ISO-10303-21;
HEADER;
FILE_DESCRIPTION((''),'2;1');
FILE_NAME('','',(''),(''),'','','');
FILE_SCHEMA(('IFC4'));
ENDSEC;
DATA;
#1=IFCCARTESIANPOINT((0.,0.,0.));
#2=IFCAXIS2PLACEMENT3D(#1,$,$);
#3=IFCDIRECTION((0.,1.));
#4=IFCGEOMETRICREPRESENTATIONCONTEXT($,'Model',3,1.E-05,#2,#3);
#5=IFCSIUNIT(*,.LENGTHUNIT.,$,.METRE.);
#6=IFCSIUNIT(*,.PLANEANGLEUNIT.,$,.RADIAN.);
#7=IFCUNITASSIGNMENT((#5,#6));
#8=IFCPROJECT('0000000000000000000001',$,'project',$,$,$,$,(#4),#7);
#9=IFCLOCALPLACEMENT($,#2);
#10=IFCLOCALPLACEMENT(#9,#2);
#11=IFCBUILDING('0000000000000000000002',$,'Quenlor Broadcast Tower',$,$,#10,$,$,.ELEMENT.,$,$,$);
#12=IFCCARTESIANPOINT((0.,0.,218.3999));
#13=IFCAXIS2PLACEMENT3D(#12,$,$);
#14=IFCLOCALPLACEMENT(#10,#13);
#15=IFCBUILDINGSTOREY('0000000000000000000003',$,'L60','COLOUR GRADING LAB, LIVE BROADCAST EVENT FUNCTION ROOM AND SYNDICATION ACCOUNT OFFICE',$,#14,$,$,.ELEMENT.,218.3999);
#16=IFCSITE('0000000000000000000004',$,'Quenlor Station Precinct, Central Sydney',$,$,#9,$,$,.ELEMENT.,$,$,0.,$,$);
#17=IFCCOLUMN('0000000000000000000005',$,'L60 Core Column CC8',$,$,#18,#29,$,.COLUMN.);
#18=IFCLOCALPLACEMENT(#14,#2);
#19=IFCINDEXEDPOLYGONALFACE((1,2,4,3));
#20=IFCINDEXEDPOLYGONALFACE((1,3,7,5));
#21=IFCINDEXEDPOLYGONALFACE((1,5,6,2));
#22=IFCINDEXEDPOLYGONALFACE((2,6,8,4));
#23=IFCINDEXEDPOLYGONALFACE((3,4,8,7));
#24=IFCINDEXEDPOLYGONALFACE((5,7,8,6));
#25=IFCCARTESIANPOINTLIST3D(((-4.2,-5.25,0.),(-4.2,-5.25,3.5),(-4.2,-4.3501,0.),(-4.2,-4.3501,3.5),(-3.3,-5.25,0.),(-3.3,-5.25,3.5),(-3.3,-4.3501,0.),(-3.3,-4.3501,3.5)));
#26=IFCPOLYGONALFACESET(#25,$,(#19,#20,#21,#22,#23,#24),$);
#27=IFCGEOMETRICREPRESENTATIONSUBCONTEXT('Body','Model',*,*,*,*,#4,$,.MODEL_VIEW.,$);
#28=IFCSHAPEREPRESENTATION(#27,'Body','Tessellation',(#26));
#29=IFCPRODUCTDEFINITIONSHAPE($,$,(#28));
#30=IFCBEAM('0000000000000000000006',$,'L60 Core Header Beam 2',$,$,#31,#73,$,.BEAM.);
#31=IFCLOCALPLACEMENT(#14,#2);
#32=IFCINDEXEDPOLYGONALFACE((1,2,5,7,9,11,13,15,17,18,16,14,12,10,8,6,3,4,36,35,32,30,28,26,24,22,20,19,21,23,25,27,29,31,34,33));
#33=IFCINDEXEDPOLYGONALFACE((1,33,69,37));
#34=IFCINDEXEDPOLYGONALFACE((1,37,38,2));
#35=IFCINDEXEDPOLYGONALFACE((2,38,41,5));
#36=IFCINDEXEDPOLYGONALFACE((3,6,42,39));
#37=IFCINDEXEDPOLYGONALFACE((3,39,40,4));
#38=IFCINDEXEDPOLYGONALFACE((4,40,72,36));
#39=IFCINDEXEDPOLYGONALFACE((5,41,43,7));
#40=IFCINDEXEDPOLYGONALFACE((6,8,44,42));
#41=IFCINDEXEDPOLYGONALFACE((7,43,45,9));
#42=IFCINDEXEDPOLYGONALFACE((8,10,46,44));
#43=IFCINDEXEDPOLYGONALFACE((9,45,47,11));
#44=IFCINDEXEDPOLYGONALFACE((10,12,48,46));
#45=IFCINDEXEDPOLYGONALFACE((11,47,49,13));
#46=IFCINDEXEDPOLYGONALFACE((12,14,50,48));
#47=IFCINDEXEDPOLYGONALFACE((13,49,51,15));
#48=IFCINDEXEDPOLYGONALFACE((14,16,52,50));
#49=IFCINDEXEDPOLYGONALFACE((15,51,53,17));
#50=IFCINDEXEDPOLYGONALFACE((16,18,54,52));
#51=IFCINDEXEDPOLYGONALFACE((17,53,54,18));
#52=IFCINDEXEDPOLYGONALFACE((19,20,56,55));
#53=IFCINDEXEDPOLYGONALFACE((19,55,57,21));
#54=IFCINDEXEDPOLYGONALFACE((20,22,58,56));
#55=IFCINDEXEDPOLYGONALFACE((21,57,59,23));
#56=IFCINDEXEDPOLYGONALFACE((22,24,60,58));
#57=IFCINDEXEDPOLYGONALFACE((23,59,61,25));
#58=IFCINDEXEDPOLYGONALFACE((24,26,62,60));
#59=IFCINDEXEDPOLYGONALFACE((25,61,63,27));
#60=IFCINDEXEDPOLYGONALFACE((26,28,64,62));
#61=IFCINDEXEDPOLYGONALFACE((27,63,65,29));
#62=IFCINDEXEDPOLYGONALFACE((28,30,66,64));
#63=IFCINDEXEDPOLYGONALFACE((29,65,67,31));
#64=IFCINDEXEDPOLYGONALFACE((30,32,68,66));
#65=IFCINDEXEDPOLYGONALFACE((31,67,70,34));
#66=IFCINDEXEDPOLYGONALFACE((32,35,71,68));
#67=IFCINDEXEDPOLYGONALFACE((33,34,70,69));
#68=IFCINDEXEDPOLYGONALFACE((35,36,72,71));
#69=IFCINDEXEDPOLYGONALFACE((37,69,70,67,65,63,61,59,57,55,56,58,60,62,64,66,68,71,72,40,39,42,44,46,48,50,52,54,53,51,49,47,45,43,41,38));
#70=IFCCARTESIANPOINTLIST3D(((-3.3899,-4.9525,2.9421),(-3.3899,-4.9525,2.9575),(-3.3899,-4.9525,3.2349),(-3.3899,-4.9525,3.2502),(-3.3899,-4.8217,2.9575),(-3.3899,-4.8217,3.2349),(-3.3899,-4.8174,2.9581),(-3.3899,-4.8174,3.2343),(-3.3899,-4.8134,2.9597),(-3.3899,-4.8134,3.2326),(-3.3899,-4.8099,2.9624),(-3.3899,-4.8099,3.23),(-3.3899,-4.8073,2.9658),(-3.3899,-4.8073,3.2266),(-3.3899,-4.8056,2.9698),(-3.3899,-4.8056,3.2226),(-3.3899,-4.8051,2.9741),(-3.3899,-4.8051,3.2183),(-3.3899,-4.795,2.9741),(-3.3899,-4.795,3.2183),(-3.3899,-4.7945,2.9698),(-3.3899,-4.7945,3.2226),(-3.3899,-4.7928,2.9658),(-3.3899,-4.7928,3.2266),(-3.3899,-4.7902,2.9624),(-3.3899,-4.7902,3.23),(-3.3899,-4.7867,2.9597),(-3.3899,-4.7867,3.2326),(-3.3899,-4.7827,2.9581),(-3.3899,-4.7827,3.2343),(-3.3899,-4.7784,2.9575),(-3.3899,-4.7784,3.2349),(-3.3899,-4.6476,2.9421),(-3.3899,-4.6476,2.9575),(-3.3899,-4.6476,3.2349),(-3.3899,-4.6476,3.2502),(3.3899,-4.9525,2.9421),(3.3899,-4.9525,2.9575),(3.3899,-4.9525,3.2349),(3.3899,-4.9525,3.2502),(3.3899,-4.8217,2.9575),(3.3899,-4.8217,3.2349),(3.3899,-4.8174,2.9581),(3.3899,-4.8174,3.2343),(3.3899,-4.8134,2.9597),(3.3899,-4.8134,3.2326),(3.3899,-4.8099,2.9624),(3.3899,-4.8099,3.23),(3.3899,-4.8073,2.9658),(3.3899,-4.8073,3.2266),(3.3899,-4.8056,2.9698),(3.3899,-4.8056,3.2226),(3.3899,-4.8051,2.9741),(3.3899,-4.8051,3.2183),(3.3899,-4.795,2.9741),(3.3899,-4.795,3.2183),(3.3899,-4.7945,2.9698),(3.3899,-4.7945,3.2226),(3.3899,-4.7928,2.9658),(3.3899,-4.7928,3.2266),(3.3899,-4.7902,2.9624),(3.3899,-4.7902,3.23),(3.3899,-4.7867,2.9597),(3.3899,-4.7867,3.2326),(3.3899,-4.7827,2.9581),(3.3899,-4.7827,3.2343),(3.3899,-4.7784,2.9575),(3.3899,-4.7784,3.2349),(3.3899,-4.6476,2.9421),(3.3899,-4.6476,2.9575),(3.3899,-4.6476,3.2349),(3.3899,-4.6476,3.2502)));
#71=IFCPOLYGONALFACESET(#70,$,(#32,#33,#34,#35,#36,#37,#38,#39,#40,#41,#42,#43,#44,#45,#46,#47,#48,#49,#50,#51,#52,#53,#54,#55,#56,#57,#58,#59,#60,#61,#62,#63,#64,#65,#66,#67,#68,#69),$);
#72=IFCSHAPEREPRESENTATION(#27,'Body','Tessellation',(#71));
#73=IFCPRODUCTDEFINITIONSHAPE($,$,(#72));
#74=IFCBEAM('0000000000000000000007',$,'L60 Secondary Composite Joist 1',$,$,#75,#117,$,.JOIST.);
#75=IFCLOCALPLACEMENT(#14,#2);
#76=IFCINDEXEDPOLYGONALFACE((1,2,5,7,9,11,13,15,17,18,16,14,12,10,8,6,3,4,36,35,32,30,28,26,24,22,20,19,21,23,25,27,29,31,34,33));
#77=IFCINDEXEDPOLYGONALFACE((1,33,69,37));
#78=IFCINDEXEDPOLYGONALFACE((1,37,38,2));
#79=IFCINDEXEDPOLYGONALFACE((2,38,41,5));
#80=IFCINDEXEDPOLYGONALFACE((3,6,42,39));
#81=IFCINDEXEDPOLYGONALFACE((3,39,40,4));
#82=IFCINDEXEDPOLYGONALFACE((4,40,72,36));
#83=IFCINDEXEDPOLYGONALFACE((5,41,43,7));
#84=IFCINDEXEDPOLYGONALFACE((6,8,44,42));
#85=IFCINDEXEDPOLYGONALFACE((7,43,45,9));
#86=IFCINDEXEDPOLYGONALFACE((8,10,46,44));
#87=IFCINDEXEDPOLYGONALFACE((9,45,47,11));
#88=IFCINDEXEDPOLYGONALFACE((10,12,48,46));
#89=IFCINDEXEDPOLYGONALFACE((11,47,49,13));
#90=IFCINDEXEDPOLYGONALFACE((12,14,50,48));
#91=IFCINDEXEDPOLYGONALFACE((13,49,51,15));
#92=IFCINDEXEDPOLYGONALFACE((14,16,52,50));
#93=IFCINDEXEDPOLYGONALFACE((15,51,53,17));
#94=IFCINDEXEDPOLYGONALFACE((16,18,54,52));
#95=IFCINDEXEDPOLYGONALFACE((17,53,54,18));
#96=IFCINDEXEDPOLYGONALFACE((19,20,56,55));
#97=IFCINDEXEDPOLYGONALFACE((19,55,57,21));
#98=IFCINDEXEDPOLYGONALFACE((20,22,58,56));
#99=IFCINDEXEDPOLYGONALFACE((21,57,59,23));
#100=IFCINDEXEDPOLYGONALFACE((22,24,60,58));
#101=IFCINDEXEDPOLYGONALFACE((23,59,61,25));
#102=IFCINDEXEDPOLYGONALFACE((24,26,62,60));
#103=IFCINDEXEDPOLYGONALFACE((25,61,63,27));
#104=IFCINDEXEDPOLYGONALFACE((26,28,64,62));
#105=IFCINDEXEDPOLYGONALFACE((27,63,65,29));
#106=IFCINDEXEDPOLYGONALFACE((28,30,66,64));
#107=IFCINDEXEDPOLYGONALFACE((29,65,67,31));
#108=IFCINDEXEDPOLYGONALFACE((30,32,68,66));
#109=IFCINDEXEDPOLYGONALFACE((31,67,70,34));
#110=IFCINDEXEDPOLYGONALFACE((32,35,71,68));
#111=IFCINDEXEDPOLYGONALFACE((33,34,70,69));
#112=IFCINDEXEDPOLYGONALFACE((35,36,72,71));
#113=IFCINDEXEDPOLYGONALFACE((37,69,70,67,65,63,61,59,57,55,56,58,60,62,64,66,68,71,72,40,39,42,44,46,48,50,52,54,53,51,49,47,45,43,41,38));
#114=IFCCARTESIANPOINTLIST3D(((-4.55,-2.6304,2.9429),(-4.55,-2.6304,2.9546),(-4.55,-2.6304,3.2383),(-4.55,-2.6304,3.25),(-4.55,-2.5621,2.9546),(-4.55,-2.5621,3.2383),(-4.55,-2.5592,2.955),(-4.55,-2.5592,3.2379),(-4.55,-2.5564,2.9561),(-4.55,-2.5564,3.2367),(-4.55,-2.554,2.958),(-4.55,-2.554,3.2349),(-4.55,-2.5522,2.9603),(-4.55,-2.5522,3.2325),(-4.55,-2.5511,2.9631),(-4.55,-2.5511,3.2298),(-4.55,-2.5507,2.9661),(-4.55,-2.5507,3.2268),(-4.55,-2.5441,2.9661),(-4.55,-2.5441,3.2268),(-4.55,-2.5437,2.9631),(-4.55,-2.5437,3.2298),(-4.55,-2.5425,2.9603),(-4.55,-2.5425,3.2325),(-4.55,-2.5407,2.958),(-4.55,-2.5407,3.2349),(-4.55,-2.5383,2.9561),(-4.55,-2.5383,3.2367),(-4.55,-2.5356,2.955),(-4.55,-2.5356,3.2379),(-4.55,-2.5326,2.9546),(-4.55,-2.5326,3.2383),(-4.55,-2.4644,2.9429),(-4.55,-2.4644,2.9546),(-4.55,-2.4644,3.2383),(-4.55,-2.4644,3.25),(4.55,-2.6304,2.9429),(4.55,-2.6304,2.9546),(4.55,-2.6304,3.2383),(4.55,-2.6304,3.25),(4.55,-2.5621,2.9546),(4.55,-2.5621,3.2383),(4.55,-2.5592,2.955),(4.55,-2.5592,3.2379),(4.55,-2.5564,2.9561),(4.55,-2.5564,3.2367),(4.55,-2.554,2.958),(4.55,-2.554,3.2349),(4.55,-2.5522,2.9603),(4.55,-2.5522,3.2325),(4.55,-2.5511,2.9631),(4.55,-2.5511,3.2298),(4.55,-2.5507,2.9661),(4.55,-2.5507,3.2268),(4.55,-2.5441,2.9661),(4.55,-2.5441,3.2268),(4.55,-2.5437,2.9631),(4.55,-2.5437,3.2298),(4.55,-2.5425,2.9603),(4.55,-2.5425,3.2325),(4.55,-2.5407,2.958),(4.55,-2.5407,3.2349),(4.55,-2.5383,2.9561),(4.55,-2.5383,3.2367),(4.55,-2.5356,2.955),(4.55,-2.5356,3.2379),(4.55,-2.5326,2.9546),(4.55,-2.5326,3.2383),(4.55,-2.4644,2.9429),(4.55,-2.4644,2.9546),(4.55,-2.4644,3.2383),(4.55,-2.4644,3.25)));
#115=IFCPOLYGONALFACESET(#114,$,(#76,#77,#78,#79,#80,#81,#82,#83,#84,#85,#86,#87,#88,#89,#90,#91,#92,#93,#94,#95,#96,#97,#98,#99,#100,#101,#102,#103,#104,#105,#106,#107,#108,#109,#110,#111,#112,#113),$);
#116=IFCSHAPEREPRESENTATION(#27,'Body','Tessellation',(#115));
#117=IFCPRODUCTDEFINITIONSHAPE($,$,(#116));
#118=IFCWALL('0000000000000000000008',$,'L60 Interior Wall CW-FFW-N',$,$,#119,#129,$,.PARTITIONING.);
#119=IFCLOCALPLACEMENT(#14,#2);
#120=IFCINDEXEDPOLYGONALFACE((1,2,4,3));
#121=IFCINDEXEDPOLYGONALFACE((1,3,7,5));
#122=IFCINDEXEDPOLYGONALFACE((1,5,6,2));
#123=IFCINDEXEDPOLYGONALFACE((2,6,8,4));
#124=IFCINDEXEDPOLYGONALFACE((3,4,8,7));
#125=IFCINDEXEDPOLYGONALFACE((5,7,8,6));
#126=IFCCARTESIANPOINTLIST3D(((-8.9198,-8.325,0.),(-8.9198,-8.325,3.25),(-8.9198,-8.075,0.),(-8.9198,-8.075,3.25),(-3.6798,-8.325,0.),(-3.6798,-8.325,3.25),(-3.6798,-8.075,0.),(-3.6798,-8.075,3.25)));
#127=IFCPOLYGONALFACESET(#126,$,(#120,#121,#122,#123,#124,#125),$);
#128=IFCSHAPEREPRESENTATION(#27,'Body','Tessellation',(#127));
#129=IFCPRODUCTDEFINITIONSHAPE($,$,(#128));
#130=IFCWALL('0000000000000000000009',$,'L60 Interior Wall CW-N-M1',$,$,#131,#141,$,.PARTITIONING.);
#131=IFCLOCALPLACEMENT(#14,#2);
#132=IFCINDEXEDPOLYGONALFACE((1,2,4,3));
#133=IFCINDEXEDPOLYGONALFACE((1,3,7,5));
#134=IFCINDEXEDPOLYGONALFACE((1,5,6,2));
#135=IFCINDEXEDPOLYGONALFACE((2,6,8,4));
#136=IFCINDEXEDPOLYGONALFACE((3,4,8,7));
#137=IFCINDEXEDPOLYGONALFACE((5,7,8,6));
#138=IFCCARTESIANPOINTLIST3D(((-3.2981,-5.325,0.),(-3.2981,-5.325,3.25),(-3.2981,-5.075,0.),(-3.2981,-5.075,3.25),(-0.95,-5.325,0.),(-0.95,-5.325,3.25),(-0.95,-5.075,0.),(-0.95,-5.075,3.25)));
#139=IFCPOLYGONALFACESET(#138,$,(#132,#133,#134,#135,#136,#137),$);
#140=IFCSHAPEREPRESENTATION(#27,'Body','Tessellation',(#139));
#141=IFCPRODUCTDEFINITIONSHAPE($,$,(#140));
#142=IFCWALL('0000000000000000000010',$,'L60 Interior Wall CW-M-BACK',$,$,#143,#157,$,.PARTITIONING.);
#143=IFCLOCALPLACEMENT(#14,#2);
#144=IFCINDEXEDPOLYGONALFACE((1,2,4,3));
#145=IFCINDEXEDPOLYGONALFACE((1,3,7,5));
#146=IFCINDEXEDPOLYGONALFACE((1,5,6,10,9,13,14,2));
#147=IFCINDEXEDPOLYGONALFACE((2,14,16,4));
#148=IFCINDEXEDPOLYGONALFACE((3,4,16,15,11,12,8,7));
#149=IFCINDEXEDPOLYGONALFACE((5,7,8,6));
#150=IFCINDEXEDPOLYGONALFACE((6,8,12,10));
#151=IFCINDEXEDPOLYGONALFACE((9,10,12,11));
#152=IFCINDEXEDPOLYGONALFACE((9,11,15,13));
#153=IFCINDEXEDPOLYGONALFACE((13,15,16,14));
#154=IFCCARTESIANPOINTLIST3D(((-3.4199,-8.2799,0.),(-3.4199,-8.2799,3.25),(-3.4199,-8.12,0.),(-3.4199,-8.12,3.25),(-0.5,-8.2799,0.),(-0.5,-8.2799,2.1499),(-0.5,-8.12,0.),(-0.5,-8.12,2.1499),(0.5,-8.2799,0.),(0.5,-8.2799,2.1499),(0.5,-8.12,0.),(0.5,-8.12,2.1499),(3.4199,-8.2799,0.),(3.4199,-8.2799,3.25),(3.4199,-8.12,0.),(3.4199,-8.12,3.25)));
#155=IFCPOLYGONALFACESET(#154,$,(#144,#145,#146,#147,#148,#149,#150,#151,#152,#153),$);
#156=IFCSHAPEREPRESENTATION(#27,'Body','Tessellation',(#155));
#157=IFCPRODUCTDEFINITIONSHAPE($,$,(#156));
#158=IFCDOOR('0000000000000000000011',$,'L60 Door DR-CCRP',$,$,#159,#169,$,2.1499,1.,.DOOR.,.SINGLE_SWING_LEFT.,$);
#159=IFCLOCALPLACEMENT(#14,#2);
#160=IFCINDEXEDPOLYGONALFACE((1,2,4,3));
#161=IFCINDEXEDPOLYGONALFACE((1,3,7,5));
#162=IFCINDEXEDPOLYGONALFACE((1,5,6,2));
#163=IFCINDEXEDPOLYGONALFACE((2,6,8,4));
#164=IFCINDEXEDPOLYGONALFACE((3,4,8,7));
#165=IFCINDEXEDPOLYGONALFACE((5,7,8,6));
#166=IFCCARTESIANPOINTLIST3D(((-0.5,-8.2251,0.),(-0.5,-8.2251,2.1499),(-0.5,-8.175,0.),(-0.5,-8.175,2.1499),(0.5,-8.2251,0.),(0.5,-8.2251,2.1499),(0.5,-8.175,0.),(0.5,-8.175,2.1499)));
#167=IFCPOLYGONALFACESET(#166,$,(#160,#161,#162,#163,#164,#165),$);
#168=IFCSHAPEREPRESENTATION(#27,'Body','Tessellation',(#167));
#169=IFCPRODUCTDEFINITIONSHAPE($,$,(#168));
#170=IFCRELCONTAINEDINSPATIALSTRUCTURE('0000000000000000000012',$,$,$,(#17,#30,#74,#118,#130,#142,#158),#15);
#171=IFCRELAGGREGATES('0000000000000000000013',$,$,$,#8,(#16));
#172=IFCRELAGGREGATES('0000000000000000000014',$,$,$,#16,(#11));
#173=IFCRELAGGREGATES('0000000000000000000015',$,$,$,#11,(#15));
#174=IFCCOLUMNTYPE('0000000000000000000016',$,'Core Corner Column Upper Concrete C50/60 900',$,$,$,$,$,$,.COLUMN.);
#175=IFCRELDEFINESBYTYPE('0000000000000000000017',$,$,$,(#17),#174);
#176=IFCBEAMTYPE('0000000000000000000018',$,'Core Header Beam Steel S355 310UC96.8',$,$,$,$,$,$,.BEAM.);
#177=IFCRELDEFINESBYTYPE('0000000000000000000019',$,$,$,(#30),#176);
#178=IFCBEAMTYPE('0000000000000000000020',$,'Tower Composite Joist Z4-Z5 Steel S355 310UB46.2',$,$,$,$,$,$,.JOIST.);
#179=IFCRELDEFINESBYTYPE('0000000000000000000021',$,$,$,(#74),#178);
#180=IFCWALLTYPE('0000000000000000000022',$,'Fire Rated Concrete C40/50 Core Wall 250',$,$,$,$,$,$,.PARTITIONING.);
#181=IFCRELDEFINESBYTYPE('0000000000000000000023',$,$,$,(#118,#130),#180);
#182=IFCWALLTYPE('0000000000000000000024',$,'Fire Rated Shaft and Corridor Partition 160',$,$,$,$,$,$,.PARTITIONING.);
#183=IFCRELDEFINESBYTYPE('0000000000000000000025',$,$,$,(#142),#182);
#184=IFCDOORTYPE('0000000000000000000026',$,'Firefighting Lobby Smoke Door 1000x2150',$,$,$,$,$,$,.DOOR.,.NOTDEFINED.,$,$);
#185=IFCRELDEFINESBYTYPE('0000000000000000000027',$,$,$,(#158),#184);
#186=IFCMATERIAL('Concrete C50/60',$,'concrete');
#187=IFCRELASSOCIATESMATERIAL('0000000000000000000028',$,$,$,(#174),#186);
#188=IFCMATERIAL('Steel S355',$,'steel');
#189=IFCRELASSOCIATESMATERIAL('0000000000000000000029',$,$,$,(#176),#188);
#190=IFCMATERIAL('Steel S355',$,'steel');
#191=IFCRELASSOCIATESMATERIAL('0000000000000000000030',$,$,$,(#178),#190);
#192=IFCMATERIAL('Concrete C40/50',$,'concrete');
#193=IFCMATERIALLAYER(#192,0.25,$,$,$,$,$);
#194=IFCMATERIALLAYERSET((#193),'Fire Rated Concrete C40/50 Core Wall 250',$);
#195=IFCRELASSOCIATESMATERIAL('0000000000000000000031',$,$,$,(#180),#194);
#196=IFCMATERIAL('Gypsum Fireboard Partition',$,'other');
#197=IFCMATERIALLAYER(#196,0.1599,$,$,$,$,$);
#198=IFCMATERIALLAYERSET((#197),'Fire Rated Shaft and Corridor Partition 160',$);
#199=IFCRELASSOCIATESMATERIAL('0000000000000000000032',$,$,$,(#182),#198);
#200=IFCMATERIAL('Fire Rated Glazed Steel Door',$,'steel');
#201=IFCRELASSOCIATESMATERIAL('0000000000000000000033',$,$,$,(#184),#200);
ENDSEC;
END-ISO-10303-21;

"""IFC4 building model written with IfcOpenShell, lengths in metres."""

from ifc_helpers import new_model, si_unit, direction, frame, frame_2d, origin, origin_2d, place, context, subcontext, project, spatial, rectangle, i_section, extrude, material, layer, layer_set, material_profile, profile_set, type_object, element, fill, save


model = new_model("IFC4")

# Units and contexts
model_context = context("Model", 3, precision=1e-05, world=origin(), true_north=direction((0.0, 1.0)))
body_context = subcontext(model_context, "Body", "Model", "MODEL_VIEW")
ifc_project = project(units=[si_unit("LENGTHUNIT", "METRE"), si_unit("PLANEANGLEUNIT", "RADIAN")], contexts=[model_context])

# Site, building, storey
site_placement = place(None, origin())
site = spatial("IfcSite", under=ifc_project, at=site_placement, Name="Quenlor Station Precinct, Central Sydney", CompositionType="ELEMENT", RefElevation=0.0)
building_placement = place(site_placement, origin())
building = spatial("IfcBuilding", under=site, at=building_placement, Name="Quenlor Broadcast Tower", CompositionType="ELEMENT")
storey_placement = place(building_placement, frame((0.0, 0.0, 218.3999)))
storey = spatial("IfcBuildingStorey", under=building, at=storey_placement, Name="L60", Description="COLOUR GRADING LAB, LIVE BROADCAST EVENT FUNCTION ROOM AND SYNDICATION ACCOUNT OFFICE", CompositionType="ELEMENT", Elevation=218.3999)

# Column
ifc_material_1 = material(Name="Concrete C50/60", Category="concrete")
ifc_material_profile_1 = material_profile(ifc_material_1, rectangle(XDim=0.8999, YDim=0.8999, at=origin_2d()))
ifc_profile_set_1 = profile_set([ifc_material_profile_1], Name="Concrete C50/60 RC900x900")
column_type = type_object("IfcColumnType", Name="Core Corner Column Upper Concrete C50/60 900", PredefinedType="COLUMN", material=ifc_profile_set_1)
column_placement = place(storey_placement, frame((-3.75, -4.8, 0.0), z_axis=(0.0, 0.0, 1.0), x_axis=(1.0, 0.0, 0.0)))
element("IfcColumn", 1, at=column_placement, inside=storey, type_object=column_type, Name="L60 Core Column CC8", PredefinedType="COLUMN", context=body_context, shape_type="SweptSolid", body=[
    extrude(rectangle(XDim=0.8999, YDim=0.8999, at=origin_2d()), origin(), (0.0, 0.0, 1.0), 3.5),
])

# Beams
ifc_material_2 = material(Name="Steel S355", Category="steel")
ifc_material_profile_2 = material_profile(ifc_material_2, i_section(OverallWidth=0.3049, OverallDepth=0.3081, WebThickness=0.01, FlangeThickness=0.0154, FilletRadius=0.0166, at=origin_2d()))
ifc_profile_set_2 = profile_set([ifc_material_profile_2], Name="Steel S355 310UC96.8")
beam_type_1 = type_object("IfcBeamType", Name="Core Header Beam Steel S355 310UC96.8", PredefinedType="BEAM", material=ifc_profile_set_2)
beam_1_placement = place(storey_placement, frame((-3.3899, -4.8, 3.0962), z_axis=(1.0, 0.0, 0.0), x_axis=(0.0, 1.0, 0.0)))
element("IfcBeam", 2, at=beam_1_placement, inside=storey, type_object=beam_type_1, Name="L60 Core Header Beam 2", PredefinedType="BEAM", context=body_context, shape_type="SweptSolid", body=[
    extrude(i_section(OverallWidth=0.3049, OverallDepth=0.3081, WebThickness=0.01, FlangeThickness=0.0154, FilletRadius=0.0166, at=origin_2d()), origin(), (0.0, 0.0, 1.0), 6.7798),
])
ifc_material_3 = material(Name="Steel S355", Category="steel")
ifc_material_profile_3 = material_profile(ifc_material_3, i_section(OverallWidth=0.166, OverallDepth=0.3071, WebThickness=0.0066, FlangeThickness=0.0117, FilletRadius=0.0115, at=origin_2d()))
ifc_profile_set_3 = profile_set([ifc_material_profile_3], Name="Steel S355 310UB46.2")
beam_type_2 = type_object("IfcBeamType", Name="Tower Composite Joist Z4-Z5 Steel S355 310UB46.2", PredefinedType="JOIST", material=ifc_profile_set_3)
beam_2_placement = place(storey_placement, frame((-4.55, -2.5474, 3.0964), z_axis=(1.0, 0.0, 0.0), x_axis=(0.0, 1.0, 0.0)))
element("IfcBeam", 3, at=beam_2_placement, inside=storey, type_object=beam_type_2, Name="L60 Secondary Composite Joist 1", PredefinedType="JOIST", context=body_context, shape_type="SweptSolid", body=[
    extrude(i_section(OverallWidth=0.166, OverallDepth=0.3071, WebThickness=0.0066, FlangeThickness=0.0117, FilletRadius=0.0115, at=origin_2d()), origin(), (0.0, 0.0, 1.0), 9.1001),
])

# Walls
ifc_material_4 = material(Name="Concrete C40/50", Category="concrete")
ifc_layer_1 = layer(ifc_material_4, 0.25)
ifc_layer_set_1 = layer_set([ifc_layer_1], Name="Fire Rated Concrete C40/50 Core Wall 250")
wall_type_1 = type_object("IfcWallType", Name="Fire Rated Concrete C40/50 Core Wall 250", PredefinedType="PARTITIONING", material=ifc_layer_set_1)
wall_1_placement = place(storey_placement, frame((-8.9199, -8.2, 0.0), z_axis=(0.0, 0.0, 1.0), x_axis=(1.0, 0.0, 0.0)))
element("IfcWall", 4, at=wall_1_placement, inside=storey, type_object=wall_type_1, Name="L60 Interior Wall CW-FFW-N", PredefinedType="PARTITIONING", context=body_context, shape_type="SweptSolid", body=[
    extrude(rectangle(XDim=5.24, YDim=0.25, at=frame_2d((2.6201, 0.0))), origin(), (0.0, 0.0, 1.0), 3.25),
])
wall_2_placement = place(storey_placement, frame((-3.2981, -5.2, 0.0), z_axis=(0.0, 0.0, 1.0), x_axis=(1.0, 0.0, 0.0)))
element("IfcWall", 5, at=wall_2_placement, inside=storey, type_object=wall_type_1, Name="L60 Interior Wall CW-N-M1", PredefinedType="PARTITIONING", context=body_context, shape_type="SweptSolid", body=[
    extrude(rectangle(XDim=2.3481, YDim=0.25, at=frame_2d((1.1741, 0.0))), origin(), (0.0, 0.0, 1.0), 3.25),
])

# Wall, opening, door
ifc_material_5 = material(Name="Gypsum Fireboard Partition", Category="other")
ifc_layer_2 = layer(ifc_material_5, 0.1599)
ifc_layer_set_2 = layer_set([ifc_layer_2], Name="Fire Rated Shaft and Corridor Partition 160")
wall_type_2 = type_object("IfcWallType", Name="Fire Rated Shaft and Corridor Partition 160", PredefinedType="PARTITIONING", material=ifc_layer_set_2)
wall_3_placement = place(storey_placement, frame((-3.4199, -8.2, 0.0), z_axis=(0.0, 0.0, 1.0), x_axis=(1.0, 0.0, 0.0)))
wall_3 = element("IfcWall", 6, at=wall_3_placement, inside=storey, type_object=wall_type_2, Name="L60 Interior Wall CW-M-BACK", PredefinedType="PARTITIONING", context=body_context, shape_type="SweptSolid", body=[
    extrude(rectangle(XDim=6.8398, YDim=0.1599, at=frame_2d((3.4199, 0.0))), origin(), (0.0, 0.0, 1.0), 3.25),
])
opening_1_placement = place(wall_3_placement, frame((2.9199, 0.0, 0.0)))
opening_1 = element("IfcOpeningElement", 7, at=opening_1_placement, cuts=wall_3, PredefinedType="OPENING", context=body_context, shape_type="SweptSolid", body=[
    extrude(rectangle(XDim=1.0, YDim=2.1499, at=frame_2d((0.5, 1.075))), frame((0.0, 0.0898, 0.0), z_axis=(0.0, -1.0, 0.0), x_axis=(1.0, 0.0, 0.0)), (0.0, 0.0, 1.0), 0.1799),
])
ifc_material_6 = material(Name="Fire Rated Glazed Steel Door", Category="steel")
door_type_1 = type_object("IfcDoorType", Name="Firefighting Lobby Smoke Door 1000x2150", OperationType="NOTDEFINED", PredefinedType="DOOR", material=ifc_material_6)
door_1_placement = place(opening_1_placement, origin())
door_1 = element("IfcDoor", 8, at=door_1_placement, inside=storey, type_object=door_type_1, Name="L60 Door DR-CCRP", OperationType="SINGLE_SWING_LEFT", OverallHeight=2.1499, OverallWidth=1.0, PredefinedType="DOOR", context=body_context, shape_type="SweptSolid", body=[
    extrude(rectangle(XDim=1.0, YDim=2.1499, at=frame_2d((0.5, 1.075))), frame((0.0, 0.0249, 0.0), z_axis=(0.0, -1.0, 0.0), x_axis=(1.0, 0.0, 0.0)), (0.0, 0.0, 1.0), 0.05),
])
fill(opening_1, door_1)

save(model, "model.ifc")
